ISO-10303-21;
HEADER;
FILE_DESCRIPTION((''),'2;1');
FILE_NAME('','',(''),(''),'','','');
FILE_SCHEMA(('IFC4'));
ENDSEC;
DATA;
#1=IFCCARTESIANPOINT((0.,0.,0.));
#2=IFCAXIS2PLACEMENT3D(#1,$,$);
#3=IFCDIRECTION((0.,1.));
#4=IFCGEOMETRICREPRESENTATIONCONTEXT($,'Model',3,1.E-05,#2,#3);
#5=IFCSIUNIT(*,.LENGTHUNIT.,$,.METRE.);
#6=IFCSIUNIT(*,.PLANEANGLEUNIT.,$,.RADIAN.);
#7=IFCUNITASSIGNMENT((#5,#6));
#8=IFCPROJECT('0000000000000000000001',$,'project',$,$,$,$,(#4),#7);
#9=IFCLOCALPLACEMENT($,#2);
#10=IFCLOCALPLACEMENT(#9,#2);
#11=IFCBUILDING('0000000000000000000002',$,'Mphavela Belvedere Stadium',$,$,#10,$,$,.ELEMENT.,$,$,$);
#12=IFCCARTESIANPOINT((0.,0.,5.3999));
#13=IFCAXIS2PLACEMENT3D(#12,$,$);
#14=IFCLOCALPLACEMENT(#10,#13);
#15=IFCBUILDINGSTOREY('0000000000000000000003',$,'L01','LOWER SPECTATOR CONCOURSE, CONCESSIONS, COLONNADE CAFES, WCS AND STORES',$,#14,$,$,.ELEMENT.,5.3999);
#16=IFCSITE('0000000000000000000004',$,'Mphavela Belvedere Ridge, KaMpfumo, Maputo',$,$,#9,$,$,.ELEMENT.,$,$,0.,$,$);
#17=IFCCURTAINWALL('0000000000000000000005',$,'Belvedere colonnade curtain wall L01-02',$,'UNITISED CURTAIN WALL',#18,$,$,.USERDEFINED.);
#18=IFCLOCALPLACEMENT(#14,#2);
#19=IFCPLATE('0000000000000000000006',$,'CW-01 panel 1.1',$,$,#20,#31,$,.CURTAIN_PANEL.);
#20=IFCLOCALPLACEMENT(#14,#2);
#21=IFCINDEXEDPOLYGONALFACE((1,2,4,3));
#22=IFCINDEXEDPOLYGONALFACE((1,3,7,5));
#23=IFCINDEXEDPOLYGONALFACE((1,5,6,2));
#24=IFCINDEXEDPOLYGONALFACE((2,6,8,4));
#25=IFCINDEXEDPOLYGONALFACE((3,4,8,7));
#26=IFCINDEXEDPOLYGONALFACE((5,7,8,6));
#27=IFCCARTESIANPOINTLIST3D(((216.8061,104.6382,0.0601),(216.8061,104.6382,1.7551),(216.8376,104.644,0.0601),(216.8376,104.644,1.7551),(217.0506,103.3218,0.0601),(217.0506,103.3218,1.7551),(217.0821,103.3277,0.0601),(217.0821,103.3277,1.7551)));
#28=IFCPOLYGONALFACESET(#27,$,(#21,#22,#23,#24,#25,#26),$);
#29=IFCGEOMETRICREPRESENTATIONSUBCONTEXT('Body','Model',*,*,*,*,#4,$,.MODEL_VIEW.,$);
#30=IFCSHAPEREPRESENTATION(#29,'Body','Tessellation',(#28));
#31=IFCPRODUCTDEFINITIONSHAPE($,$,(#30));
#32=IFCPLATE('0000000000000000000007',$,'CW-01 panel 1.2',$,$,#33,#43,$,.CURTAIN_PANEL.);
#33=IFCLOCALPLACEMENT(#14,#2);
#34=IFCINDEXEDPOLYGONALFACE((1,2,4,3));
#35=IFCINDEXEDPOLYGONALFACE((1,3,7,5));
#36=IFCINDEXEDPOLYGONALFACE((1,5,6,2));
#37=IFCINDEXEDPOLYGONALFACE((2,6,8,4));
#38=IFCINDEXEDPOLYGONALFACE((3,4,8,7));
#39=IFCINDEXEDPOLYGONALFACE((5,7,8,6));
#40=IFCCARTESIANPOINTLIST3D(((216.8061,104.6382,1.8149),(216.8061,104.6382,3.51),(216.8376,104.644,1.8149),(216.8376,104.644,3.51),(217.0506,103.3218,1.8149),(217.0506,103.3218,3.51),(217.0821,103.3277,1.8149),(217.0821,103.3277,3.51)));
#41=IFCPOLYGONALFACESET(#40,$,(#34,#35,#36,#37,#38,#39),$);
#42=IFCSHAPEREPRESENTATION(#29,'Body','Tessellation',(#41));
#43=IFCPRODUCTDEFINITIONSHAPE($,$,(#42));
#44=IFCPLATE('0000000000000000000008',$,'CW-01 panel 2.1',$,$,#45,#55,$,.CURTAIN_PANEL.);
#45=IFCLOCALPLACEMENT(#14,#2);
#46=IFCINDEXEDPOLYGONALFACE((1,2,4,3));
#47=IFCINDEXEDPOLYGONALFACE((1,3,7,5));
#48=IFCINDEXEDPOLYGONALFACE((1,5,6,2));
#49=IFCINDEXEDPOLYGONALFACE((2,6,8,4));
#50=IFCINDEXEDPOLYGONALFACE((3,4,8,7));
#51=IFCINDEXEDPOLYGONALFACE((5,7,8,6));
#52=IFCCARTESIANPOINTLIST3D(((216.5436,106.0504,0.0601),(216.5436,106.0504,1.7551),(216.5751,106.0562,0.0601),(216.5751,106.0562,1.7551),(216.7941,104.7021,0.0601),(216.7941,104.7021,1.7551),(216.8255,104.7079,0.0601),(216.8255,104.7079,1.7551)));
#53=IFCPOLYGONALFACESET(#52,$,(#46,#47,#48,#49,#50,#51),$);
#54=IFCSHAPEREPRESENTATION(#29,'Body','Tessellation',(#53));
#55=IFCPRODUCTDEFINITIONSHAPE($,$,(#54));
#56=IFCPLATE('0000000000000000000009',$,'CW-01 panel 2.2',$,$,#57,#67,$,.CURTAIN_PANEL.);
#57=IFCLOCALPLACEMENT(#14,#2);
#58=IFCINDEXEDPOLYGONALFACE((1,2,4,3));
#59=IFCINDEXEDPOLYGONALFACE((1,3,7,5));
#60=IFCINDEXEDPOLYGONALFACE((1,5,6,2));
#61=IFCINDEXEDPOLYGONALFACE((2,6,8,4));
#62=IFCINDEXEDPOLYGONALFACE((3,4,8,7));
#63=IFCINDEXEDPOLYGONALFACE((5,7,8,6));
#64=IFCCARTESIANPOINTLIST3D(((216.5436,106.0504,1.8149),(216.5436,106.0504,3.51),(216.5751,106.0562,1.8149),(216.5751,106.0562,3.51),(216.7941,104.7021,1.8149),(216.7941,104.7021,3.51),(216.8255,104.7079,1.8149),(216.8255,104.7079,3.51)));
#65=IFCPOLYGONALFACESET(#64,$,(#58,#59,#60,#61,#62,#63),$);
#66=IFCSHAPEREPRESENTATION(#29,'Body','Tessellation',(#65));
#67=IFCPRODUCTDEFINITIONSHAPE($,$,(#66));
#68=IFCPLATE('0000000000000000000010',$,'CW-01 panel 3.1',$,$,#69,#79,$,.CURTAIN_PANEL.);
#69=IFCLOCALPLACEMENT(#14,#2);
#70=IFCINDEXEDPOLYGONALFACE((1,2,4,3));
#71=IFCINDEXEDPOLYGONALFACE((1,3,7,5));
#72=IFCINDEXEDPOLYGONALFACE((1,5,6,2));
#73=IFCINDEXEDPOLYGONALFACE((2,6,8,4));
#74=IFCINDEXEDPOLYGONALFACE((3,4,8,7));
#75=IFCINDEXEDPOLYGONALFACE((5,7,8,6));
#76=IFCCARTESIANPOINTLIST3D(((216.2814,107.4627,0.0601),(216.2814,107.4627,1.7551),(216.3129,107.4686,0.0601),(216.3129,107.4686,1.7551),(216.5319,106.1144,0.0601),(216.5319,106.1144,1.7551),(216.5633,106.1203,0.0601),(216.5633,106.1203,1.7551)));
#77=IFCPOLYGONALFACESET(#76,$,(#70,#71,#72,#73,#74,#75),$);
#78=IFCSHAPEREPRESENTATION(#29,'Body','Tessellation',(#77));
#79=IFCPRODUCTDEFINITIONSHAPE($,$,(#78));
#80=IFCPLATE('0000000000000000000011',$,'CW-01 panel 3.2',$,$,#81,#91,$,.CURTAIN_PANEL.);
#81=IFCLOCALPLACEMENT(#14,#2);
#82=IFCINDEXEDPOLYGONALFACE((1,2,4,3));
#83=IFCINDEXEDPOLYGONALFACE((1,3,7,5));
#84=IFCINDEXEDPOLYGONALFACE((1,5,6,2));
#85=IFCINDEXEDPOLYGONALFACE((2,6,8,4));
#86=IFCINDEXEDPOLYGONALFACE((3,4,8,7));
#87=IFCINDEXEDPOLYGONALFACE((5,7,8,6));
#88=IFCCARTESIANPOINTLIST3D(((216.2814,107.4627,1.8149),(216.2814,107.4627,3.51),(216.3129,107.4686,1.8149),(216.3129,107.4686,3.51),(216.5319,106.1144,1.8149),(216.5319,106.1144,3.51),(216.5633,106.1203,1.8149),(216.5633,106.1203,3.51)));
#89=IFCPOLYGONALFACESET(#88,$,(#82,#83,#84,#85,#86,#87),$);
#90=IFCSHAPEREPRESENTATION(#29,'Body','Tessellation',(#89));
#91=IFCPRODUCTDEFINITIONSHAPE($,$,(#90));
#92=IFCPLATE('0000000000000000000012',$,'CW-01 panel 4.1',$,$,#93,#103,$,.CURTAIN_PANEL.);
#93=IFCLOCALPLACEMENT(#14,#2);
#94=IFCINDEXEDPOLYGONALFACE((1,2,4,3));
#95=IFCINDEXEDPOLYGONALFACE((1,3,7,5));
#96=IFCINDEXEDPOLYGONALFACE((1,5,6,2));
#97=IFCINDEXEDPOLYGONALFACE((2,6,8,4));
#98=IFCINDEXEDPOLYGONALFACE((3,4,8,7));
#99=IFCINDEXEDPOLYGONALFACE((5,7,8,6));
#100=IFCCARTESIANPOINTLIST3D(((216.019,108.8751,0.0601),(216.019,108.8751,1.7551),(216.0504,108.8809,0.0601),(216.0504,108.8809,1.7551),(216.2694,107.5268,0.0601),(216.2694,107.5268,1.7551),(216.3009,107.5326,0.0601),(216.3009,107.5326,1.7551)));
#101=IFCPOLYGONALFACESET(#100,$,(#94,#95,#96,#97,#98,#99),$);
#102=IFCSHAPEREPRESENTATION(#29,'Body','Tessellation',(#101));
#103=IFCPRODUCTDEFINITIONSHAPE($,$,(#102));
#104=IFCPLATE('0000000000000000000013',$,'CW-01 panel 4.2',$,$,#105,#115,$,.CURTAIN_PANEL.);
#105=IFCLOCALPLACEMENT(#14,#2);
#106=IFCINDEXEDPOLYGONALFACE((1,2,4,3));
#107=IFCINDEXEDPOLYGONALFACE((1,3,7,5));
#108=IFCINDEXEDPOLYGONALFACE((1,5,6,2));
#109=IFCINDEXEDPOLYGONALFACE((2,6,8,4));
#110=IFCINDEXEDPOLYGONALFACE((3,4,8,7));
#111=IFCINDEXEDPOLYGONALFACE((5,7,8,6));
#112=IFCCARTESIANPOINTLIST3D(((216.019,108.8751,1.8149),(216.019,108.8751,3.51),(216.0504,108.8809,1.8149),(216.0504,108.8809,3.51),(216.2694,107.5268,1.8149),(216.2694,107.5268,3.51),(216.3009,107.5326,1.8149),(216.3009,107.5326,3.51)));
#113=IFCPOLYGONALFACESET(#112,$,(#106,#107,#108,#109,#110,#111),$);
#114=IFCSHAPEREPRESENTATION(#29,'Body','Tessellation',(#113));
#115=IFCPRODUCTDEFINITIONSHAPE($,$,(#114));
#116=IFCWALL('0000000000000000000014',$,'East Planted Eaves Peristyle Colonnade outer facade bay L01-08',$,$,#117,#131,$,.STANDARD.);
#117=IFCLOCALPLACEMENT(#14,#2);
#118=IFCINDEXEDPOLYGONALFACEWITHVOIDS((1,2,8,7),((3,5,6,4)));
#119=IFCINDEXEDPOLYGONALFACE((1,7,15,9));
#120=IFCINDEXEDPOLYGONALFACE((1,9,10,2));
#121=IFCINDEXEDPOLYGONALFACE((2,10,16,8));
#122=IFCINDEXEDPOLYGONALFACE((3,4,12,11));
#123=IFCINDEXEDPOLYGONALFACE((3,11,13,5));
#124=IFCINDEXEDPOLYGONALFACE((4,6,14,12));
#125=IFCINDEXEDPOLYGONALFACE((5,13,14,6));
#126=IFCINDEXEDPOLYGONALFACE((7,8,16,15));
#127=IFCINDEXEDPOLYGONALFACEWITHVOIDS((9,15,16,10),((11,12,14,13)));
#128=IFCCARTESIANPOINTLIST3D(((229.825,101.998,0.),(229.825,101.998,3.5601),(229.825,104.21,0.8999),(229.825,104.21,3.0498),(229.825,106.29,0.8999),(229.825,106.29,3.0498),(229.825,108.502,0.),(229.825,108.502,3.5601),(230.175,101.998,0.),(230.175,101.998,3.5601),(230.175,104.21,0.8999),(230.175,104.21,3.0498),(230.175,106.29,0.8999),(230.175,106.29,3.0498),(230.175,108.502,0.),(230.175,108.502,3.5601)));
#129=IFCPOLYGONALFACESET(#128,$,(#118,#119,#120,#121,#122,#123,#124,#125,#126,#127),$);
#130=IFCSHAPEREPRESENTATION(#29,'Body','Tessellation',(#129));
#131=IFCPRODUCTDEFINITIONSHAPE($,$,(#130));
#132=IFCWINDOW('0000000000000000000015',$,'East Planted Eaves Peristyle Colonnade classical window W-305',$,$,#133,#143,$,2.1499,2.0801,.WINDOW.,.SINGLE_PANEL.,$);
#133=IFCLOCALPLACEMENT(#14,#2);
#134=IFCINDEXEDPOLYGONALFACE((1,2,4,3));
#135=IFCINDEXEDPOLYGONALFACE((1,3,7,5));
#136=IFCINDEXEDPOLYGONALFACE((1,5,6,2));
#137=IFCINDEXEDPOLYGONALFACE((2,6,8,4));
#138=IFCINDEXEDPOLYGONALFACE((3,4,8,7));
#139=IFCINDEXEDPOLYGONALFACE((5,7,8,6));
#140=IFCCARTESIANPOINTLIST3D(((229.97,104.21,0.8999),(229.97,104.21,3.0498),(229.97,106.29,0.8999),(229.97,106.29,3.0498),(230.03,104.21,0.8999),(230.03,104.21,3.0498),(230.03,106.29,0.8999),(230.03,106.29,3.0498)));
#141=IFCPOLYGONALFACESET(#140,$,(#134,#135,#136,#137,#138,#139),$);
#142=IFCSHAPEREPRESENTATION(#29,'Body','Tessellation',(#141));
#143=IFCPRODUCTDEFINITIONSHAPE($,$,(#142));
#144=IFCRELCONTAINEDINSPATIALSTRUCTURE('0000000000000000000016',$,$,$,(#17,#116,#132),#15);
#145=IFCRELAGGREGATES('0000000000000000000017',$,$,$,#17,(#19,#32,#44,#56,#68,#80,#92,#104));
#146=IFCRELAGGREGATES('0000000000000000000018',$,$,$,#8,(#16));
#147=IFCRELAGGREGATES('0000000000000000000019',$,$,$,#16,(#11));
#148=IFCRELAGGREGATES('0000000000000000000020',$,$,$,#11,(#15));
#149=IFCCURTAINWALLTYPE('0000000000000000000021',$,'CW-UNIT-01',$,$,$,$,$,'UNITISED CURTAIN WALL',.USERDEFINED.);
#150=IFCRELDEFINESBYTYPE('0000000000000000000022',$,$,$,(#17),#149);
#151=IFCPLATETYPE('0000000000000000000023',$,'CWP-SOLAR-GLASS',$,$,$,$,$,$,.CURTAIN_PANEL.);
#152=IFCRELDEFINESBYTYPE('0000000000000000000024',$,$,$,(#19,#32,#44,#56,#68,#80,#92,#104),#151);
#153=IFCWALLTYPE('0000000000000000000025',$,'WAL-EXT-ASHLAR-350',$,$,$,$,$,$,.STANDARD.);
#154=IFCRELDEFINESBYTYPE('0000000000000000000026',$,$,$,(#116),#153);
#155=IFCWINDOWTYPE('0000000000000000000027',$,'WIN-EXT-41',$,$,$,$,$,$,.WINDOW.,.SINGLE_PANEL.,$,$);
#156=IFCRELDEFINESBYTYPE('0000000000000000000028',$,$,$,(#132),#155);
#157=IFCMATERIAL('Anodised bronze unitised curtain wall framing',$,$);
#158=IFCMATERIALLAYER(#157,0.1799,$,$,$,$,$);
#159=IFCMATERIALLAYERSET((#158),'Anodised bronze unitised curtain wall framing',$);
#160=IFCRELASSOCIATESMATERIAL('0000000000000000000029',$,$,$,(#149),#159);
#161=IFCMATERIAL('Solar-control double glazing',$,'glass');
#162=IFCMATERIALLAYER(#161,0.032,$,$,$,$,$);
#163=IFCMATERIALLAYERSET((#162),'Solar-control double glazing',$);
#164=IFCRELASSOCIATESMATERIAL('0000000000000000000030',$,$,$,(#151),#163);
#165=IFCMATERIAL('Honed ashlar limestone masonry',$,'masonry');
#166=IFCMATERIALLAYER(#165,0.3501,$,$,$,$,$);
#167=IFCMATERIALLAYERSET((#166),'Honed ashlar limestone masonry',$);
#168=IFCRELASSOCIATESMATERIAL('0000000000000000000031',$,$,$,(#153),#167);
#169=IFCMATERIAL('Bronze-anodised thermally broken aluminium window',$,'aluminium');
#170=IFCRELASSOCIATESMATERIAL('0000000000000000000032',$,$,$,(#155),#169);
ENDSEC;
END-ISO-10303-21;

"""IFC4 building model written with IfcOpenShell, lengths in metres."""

from ifc_helpers import new_model, si_unit, direction, frame, frame_2d, origin, origin_2d, place, context, subcontext, project, spatial, rectangle, extrude, material, layer, layer_set, type_object, element, fill, aggregate, save


model = new_model("IFC4")

# Units and contexts
model_context = context("Model", 3, precision=1e-05, world=origin(), true_north=direction((0.0, 1.0)))
body_context = subcontext(model_context, "Body", "Model", "MODEL_VIEW")
ifc_project = project(units=[si_unit("LENGTHUNIT", "METRE"), si_unit("PLANEANGLEUNIT", "RADIAN")], contexts=[model_context])

# Site, building, storey
site_placement = place(None, origin())
site = spatial("IfcSite", under=ifc_project, at=site_placement, Name="Mphavela Belvedere Ridge, KaMpfumo, Maputo", CompositionType="ELEMENT", RefElevation=0.0)
building_placement = place(site_placement, origin())
building = spatial("IfcBuilding", under=site, at=building_placement, Name="Mphavela Belvedere Stadium", CompositionType="ELEMENT")
storey_placement = place(building_placement, frame((0.0, 0.0, 5.3999)))
storey = spatial("IfcBuildingStorey", under=building, at=storey_placement, Name="L01", Description="LOWER SPECTATOR CONCOURSE, CONCESSIONS, COLONNADE CAFES, WCS AND STORES", CompositionType="ELEMENT", Elevation=5.3999)

# Curtain wall, plates
ifc_material_1 = material(Name="Anodised bronze unitised curtain wall framing")
ifc_layer_1 = layer(ifc_material_1, 0.1799)
ifc_layer_set_1 = layer_set([ifc_layer_1], Name="Anodised bronze unitised curtain wall framing")
curtain_wall_type = type_object("IfcCurtainWallType", Name="CW-UNIT-01", ElementType="UNITISED CURTAIN WALL", PredefinedType="USERDEFINED", material=ifc_layer_set_1)
curtain_wall_placement = place(storey_placement, origin())
curtain_wall = element("IfcCurtainWall", 1, at=curtain_wall_placement, inside=storey, type_object=curtain_wall_type, Name="Belvedere colonnade curtain wall L01-02", ObjectType="UNITISED CURTAIN WALL", PredefinedType="USERDEFINED")
ifc_material_2 = material(Name="Solar-control double glazing", Category="glass")
ifc_layer_2 = layer(ifc_material_2, 0.032)
ifc_layer_set_2 = layer_set([ifc_layer_2], Name="Solar-control double glazing")
plate_type = type_object("IfcPlateType", Name="CWP-SOLAR-GLASS", PredefinedType="CURTAIN_PANEL", material=ifc_layer_set_2)
plate_1_placement = place(storey_placement, frame((216.9441, 103.9829, 0.0601), z_axis=(0.0, 0.0, 1.0), x_axis=(-0.18262, 0.983184, 0.0)))
plate_1 = element("IfcPlate", 2, at=plate_1_placement, type_object=plate_type, Name="CW-01 panel 1.1", PredefinedType="CURTAIN_PANEL", context=body_context, shape_type="SweptSolid", body=[
    extrude(rectangle(XDim=1.3389, YDim=0.032, at=origin_2d()), origin(), (0.0, 0.0, 1.0), 1.6951),
])
plate_2_placement = place(storey_placement, frame((216.9441, 103.9829, 1.8149), z_axis=(0.0, 0.0, 1.0), x_axis=(-0.18262, 0.983184, 0.0)))
plate_2 = element("IfcPlate", 3, at=plate_2_placement, type_object=plate_type, Name="CW-01 panel 1.2", PredefinedType="CURTAIN_PANEL", context=body_context, shape_type="SweptSolid", body=[
    extrude(rectangle(XDim=1.3389, YDim=0.032, at=origin_2d()), origin(), (0.0, 0.0, 1.0), 1.6951),
])
plate_3_placement = place(storey_placement, frame((216.6846, 105.3792, 0.0601), z_axis=(0.0, 0.0, 1.0), x_axis=(-0.18262, 0.983184, 0.0)))
plate_3 = element("IfcPlate", 4, at=plate_3_placement, type_object=plate_type, Name="CW-01 panel 2.1", PredefinedType="CURTAIN_PANEL", context=body_context, shape_type="SweptSolid", body=[
    extrude(rectangle(XDim=1.3713, YDim=0.032, at=origin_2d()), origin(), (0.0, 0.0, 1.0), 1.6951),
])
plate_4_placement = place(storey_placement, frame((216.6846, 105.3792, 1.8149), z_axis=(0.0, 0.0, 1.0), x_axis=(-0.18262, 0.983184, 0.0)))
plate_4 = element("IfcPlate", 5, at=plate_4_placement, type_object=plate_type, Name="CW-01 panel 2.2", PredefinedType="CURTAIN_PANEL", context=body_context, shape_type="SweptSolid", body=[
    extrude(rectangle(XDim=1.3713, YDim=0.032, at=origin_2d()), origin(), (0.0, 0.0, 1.0), 1.6951),
])
plate_5_placement = place(storey_placement, frame((216.4224, 106.7915, 0.0601), z_axis=(0.0, 0.0, 1.0), x_axis=(-0.18262, 0.983184, 0.0)))
plate_5 = element("IfcPlate", 6, at=plate_5_placement, type_object=plate_type, Name="CW-01 panel 3.1", PredefinedType="CURTAIN_PANEL", context=body_context, shape_type="SweptSolid", body=[
    extrude(rectangle(XDim=1.3713, YDim=0.032, at=origin_2d()), origin(), (0.0, 0.0, 1.0), 1.6951),
])
plate_6_placement = place(storey_placement, frame((216.4224, 106.7915, 1.8149), z_axis=(0.0, 0.0, 1.0), x_axis=(-0.18262, 0.983184, 0.0)))
plate_6 = element("IfcPlate", 7, at=plate_6_placement, type_object=plate_type, Name="CW-01 panel 3.2", PredefinedType="CURTAIN_PANEL", context=body_context, shape_type="SweptSolid", body=[
    extrude(rectangle(XDim=1.3713, YDim=0.032, at=origin_2d()), origin(), (0.0, 0.0, 1.0), 1.6951),
])
plate_7_placement = place(storey_placement, frame((216.1599, 108.2039, 0.0601), z_axis=(0.0, 0.0, 1.0), x_axis=(-0.18262, 0.983184, 0.0)))
plate_7 = element("IfcPlate", 8, at=plate_7_placement, type_object=plate_type, Name="CW-01 panel 4.1", PredefinedType="CURTAIN_PANEL", context=body_context, shape_type="SweptSolid", body=[
    extrude(rectangle(XDim=1.3713, YDim=0.032, at=origin_2d()), origin(), (0.0, 0.0, 1.0), 1.6951),
])
plate_8_placement = place(storey_placement, frame((216.1599, 108.2039, 1.8149), z_axis=(0.0, 0.0, 1.0), x_axis=(-0.18262, 0.983184, 0.0)))
plate_8 = element("IfcPlate", 9, at=plate_8_placement, type_object=plate_type, Name="CW-01 panel 4.2", PredefinedType="CURTAIN_PANEL", context=body_context, shape_type="SweptSolid", body=[
    extrude(rectangle(XDim=1.3713, YDim=0.032, at=origin_2d()), origin(), (0.0, 0.0, 1.0), 1.6951),
])
aggregate(curtain_wall, [plate_1, plate_2, plate_3, plate_4, plate_5, plate_6, plate_7, plate_8])

# Wall, opening, window
ifc_material_3 = material(Name="Honed ashlar limestone masonry", Category="masonry")
ifc_layer_3 = layer(ifc_material_3, 0.3501)
ifc_layer_set_3 = layer_set([ifc_layer_3], Name="Honed ashlar limestone masonry")
wall_type = type_object("IfcWallType", Name="WAL-EXT-ASHLAR-350", PredefinedType="STANDARD", material=ifc_layer_set_3)
wall_placement = place(storey_placement, frame((230.0, 108.502, 0.0), z_axis=(0.0, 0.0, 1.0), x_axis=(0.0, -1.0, 0.0)))
wall = element("IfcWall", 10, at=wall_placement, inside=storey, type_object=wall_type, Name="East Planted Eaves Peristyle Colonnade outer facade bay L01-08", PredefinedType="STANDARD", context=body_context, shape_type="SweptSolid", body=[
    extrude(rectangle(XDim=6.5039, YDim=0.3501, at=frame_2d((3.252, 0.0))), origin(), (0.0, 0.0, 1.0), 3.5601),
])
opening_placement = place(wall_placement, frame((2.2119, 0.0, 0.8999)))
opening = element("IfcOpeningElement", 11, at=opening_placement, cuts=wall, PredefinedType="OPENING", context=body_context, shape_type="SweptSolid", body=[
    extrude(rectangle(XDim=2.0801, YDim=2.1499, at=frame_2d((1.04, 1.075))), frame((0.0, 0.1851, 0.0), z_axis=(0.0, -1.0, 0.0), x_axis=(1.0, 0.0, 0.0)), (0.0, 0.0, 1.0), 0.3701),
])
ifc_material_4 = material(Name="Bronze-anodised thermally broken aluminium window", Category="aluminium")
window_type = type_object("IfcWindowType", Name="WIN-EXT-41", PartitioningType="SINGLE_PANEL", PredefinedType="WINDOW", material=ifc_material_4)
window_placement = place(opening_placement, origin())
window = element("IfcWindow", 12, at=window_placement, inside=storey, type_object=window_type, Name="East Planted Eaves Peristyle Colonnade classical window W-305", OverallHeight=2.1499, OverallWidth=2.0801, PartitioningType="SINGLE_PANEL", PredefinedType="WINDOW", context=body_context, shape_type="SweptSolid", body=[
    extrude(rectangle(XDim=2.0801, YDim=2.1499, at=frame_2d((1.04, 1.075))), frame((0.0, 0.03, 0.0), z_axis=(0.0, -1.0, 0.0), x_axis=(1.0, 0.0, 0.0)), (0.0, 0.0, 1.0), 0.0601),
])
fill(opening, window)

save(model, "model.ifc")
